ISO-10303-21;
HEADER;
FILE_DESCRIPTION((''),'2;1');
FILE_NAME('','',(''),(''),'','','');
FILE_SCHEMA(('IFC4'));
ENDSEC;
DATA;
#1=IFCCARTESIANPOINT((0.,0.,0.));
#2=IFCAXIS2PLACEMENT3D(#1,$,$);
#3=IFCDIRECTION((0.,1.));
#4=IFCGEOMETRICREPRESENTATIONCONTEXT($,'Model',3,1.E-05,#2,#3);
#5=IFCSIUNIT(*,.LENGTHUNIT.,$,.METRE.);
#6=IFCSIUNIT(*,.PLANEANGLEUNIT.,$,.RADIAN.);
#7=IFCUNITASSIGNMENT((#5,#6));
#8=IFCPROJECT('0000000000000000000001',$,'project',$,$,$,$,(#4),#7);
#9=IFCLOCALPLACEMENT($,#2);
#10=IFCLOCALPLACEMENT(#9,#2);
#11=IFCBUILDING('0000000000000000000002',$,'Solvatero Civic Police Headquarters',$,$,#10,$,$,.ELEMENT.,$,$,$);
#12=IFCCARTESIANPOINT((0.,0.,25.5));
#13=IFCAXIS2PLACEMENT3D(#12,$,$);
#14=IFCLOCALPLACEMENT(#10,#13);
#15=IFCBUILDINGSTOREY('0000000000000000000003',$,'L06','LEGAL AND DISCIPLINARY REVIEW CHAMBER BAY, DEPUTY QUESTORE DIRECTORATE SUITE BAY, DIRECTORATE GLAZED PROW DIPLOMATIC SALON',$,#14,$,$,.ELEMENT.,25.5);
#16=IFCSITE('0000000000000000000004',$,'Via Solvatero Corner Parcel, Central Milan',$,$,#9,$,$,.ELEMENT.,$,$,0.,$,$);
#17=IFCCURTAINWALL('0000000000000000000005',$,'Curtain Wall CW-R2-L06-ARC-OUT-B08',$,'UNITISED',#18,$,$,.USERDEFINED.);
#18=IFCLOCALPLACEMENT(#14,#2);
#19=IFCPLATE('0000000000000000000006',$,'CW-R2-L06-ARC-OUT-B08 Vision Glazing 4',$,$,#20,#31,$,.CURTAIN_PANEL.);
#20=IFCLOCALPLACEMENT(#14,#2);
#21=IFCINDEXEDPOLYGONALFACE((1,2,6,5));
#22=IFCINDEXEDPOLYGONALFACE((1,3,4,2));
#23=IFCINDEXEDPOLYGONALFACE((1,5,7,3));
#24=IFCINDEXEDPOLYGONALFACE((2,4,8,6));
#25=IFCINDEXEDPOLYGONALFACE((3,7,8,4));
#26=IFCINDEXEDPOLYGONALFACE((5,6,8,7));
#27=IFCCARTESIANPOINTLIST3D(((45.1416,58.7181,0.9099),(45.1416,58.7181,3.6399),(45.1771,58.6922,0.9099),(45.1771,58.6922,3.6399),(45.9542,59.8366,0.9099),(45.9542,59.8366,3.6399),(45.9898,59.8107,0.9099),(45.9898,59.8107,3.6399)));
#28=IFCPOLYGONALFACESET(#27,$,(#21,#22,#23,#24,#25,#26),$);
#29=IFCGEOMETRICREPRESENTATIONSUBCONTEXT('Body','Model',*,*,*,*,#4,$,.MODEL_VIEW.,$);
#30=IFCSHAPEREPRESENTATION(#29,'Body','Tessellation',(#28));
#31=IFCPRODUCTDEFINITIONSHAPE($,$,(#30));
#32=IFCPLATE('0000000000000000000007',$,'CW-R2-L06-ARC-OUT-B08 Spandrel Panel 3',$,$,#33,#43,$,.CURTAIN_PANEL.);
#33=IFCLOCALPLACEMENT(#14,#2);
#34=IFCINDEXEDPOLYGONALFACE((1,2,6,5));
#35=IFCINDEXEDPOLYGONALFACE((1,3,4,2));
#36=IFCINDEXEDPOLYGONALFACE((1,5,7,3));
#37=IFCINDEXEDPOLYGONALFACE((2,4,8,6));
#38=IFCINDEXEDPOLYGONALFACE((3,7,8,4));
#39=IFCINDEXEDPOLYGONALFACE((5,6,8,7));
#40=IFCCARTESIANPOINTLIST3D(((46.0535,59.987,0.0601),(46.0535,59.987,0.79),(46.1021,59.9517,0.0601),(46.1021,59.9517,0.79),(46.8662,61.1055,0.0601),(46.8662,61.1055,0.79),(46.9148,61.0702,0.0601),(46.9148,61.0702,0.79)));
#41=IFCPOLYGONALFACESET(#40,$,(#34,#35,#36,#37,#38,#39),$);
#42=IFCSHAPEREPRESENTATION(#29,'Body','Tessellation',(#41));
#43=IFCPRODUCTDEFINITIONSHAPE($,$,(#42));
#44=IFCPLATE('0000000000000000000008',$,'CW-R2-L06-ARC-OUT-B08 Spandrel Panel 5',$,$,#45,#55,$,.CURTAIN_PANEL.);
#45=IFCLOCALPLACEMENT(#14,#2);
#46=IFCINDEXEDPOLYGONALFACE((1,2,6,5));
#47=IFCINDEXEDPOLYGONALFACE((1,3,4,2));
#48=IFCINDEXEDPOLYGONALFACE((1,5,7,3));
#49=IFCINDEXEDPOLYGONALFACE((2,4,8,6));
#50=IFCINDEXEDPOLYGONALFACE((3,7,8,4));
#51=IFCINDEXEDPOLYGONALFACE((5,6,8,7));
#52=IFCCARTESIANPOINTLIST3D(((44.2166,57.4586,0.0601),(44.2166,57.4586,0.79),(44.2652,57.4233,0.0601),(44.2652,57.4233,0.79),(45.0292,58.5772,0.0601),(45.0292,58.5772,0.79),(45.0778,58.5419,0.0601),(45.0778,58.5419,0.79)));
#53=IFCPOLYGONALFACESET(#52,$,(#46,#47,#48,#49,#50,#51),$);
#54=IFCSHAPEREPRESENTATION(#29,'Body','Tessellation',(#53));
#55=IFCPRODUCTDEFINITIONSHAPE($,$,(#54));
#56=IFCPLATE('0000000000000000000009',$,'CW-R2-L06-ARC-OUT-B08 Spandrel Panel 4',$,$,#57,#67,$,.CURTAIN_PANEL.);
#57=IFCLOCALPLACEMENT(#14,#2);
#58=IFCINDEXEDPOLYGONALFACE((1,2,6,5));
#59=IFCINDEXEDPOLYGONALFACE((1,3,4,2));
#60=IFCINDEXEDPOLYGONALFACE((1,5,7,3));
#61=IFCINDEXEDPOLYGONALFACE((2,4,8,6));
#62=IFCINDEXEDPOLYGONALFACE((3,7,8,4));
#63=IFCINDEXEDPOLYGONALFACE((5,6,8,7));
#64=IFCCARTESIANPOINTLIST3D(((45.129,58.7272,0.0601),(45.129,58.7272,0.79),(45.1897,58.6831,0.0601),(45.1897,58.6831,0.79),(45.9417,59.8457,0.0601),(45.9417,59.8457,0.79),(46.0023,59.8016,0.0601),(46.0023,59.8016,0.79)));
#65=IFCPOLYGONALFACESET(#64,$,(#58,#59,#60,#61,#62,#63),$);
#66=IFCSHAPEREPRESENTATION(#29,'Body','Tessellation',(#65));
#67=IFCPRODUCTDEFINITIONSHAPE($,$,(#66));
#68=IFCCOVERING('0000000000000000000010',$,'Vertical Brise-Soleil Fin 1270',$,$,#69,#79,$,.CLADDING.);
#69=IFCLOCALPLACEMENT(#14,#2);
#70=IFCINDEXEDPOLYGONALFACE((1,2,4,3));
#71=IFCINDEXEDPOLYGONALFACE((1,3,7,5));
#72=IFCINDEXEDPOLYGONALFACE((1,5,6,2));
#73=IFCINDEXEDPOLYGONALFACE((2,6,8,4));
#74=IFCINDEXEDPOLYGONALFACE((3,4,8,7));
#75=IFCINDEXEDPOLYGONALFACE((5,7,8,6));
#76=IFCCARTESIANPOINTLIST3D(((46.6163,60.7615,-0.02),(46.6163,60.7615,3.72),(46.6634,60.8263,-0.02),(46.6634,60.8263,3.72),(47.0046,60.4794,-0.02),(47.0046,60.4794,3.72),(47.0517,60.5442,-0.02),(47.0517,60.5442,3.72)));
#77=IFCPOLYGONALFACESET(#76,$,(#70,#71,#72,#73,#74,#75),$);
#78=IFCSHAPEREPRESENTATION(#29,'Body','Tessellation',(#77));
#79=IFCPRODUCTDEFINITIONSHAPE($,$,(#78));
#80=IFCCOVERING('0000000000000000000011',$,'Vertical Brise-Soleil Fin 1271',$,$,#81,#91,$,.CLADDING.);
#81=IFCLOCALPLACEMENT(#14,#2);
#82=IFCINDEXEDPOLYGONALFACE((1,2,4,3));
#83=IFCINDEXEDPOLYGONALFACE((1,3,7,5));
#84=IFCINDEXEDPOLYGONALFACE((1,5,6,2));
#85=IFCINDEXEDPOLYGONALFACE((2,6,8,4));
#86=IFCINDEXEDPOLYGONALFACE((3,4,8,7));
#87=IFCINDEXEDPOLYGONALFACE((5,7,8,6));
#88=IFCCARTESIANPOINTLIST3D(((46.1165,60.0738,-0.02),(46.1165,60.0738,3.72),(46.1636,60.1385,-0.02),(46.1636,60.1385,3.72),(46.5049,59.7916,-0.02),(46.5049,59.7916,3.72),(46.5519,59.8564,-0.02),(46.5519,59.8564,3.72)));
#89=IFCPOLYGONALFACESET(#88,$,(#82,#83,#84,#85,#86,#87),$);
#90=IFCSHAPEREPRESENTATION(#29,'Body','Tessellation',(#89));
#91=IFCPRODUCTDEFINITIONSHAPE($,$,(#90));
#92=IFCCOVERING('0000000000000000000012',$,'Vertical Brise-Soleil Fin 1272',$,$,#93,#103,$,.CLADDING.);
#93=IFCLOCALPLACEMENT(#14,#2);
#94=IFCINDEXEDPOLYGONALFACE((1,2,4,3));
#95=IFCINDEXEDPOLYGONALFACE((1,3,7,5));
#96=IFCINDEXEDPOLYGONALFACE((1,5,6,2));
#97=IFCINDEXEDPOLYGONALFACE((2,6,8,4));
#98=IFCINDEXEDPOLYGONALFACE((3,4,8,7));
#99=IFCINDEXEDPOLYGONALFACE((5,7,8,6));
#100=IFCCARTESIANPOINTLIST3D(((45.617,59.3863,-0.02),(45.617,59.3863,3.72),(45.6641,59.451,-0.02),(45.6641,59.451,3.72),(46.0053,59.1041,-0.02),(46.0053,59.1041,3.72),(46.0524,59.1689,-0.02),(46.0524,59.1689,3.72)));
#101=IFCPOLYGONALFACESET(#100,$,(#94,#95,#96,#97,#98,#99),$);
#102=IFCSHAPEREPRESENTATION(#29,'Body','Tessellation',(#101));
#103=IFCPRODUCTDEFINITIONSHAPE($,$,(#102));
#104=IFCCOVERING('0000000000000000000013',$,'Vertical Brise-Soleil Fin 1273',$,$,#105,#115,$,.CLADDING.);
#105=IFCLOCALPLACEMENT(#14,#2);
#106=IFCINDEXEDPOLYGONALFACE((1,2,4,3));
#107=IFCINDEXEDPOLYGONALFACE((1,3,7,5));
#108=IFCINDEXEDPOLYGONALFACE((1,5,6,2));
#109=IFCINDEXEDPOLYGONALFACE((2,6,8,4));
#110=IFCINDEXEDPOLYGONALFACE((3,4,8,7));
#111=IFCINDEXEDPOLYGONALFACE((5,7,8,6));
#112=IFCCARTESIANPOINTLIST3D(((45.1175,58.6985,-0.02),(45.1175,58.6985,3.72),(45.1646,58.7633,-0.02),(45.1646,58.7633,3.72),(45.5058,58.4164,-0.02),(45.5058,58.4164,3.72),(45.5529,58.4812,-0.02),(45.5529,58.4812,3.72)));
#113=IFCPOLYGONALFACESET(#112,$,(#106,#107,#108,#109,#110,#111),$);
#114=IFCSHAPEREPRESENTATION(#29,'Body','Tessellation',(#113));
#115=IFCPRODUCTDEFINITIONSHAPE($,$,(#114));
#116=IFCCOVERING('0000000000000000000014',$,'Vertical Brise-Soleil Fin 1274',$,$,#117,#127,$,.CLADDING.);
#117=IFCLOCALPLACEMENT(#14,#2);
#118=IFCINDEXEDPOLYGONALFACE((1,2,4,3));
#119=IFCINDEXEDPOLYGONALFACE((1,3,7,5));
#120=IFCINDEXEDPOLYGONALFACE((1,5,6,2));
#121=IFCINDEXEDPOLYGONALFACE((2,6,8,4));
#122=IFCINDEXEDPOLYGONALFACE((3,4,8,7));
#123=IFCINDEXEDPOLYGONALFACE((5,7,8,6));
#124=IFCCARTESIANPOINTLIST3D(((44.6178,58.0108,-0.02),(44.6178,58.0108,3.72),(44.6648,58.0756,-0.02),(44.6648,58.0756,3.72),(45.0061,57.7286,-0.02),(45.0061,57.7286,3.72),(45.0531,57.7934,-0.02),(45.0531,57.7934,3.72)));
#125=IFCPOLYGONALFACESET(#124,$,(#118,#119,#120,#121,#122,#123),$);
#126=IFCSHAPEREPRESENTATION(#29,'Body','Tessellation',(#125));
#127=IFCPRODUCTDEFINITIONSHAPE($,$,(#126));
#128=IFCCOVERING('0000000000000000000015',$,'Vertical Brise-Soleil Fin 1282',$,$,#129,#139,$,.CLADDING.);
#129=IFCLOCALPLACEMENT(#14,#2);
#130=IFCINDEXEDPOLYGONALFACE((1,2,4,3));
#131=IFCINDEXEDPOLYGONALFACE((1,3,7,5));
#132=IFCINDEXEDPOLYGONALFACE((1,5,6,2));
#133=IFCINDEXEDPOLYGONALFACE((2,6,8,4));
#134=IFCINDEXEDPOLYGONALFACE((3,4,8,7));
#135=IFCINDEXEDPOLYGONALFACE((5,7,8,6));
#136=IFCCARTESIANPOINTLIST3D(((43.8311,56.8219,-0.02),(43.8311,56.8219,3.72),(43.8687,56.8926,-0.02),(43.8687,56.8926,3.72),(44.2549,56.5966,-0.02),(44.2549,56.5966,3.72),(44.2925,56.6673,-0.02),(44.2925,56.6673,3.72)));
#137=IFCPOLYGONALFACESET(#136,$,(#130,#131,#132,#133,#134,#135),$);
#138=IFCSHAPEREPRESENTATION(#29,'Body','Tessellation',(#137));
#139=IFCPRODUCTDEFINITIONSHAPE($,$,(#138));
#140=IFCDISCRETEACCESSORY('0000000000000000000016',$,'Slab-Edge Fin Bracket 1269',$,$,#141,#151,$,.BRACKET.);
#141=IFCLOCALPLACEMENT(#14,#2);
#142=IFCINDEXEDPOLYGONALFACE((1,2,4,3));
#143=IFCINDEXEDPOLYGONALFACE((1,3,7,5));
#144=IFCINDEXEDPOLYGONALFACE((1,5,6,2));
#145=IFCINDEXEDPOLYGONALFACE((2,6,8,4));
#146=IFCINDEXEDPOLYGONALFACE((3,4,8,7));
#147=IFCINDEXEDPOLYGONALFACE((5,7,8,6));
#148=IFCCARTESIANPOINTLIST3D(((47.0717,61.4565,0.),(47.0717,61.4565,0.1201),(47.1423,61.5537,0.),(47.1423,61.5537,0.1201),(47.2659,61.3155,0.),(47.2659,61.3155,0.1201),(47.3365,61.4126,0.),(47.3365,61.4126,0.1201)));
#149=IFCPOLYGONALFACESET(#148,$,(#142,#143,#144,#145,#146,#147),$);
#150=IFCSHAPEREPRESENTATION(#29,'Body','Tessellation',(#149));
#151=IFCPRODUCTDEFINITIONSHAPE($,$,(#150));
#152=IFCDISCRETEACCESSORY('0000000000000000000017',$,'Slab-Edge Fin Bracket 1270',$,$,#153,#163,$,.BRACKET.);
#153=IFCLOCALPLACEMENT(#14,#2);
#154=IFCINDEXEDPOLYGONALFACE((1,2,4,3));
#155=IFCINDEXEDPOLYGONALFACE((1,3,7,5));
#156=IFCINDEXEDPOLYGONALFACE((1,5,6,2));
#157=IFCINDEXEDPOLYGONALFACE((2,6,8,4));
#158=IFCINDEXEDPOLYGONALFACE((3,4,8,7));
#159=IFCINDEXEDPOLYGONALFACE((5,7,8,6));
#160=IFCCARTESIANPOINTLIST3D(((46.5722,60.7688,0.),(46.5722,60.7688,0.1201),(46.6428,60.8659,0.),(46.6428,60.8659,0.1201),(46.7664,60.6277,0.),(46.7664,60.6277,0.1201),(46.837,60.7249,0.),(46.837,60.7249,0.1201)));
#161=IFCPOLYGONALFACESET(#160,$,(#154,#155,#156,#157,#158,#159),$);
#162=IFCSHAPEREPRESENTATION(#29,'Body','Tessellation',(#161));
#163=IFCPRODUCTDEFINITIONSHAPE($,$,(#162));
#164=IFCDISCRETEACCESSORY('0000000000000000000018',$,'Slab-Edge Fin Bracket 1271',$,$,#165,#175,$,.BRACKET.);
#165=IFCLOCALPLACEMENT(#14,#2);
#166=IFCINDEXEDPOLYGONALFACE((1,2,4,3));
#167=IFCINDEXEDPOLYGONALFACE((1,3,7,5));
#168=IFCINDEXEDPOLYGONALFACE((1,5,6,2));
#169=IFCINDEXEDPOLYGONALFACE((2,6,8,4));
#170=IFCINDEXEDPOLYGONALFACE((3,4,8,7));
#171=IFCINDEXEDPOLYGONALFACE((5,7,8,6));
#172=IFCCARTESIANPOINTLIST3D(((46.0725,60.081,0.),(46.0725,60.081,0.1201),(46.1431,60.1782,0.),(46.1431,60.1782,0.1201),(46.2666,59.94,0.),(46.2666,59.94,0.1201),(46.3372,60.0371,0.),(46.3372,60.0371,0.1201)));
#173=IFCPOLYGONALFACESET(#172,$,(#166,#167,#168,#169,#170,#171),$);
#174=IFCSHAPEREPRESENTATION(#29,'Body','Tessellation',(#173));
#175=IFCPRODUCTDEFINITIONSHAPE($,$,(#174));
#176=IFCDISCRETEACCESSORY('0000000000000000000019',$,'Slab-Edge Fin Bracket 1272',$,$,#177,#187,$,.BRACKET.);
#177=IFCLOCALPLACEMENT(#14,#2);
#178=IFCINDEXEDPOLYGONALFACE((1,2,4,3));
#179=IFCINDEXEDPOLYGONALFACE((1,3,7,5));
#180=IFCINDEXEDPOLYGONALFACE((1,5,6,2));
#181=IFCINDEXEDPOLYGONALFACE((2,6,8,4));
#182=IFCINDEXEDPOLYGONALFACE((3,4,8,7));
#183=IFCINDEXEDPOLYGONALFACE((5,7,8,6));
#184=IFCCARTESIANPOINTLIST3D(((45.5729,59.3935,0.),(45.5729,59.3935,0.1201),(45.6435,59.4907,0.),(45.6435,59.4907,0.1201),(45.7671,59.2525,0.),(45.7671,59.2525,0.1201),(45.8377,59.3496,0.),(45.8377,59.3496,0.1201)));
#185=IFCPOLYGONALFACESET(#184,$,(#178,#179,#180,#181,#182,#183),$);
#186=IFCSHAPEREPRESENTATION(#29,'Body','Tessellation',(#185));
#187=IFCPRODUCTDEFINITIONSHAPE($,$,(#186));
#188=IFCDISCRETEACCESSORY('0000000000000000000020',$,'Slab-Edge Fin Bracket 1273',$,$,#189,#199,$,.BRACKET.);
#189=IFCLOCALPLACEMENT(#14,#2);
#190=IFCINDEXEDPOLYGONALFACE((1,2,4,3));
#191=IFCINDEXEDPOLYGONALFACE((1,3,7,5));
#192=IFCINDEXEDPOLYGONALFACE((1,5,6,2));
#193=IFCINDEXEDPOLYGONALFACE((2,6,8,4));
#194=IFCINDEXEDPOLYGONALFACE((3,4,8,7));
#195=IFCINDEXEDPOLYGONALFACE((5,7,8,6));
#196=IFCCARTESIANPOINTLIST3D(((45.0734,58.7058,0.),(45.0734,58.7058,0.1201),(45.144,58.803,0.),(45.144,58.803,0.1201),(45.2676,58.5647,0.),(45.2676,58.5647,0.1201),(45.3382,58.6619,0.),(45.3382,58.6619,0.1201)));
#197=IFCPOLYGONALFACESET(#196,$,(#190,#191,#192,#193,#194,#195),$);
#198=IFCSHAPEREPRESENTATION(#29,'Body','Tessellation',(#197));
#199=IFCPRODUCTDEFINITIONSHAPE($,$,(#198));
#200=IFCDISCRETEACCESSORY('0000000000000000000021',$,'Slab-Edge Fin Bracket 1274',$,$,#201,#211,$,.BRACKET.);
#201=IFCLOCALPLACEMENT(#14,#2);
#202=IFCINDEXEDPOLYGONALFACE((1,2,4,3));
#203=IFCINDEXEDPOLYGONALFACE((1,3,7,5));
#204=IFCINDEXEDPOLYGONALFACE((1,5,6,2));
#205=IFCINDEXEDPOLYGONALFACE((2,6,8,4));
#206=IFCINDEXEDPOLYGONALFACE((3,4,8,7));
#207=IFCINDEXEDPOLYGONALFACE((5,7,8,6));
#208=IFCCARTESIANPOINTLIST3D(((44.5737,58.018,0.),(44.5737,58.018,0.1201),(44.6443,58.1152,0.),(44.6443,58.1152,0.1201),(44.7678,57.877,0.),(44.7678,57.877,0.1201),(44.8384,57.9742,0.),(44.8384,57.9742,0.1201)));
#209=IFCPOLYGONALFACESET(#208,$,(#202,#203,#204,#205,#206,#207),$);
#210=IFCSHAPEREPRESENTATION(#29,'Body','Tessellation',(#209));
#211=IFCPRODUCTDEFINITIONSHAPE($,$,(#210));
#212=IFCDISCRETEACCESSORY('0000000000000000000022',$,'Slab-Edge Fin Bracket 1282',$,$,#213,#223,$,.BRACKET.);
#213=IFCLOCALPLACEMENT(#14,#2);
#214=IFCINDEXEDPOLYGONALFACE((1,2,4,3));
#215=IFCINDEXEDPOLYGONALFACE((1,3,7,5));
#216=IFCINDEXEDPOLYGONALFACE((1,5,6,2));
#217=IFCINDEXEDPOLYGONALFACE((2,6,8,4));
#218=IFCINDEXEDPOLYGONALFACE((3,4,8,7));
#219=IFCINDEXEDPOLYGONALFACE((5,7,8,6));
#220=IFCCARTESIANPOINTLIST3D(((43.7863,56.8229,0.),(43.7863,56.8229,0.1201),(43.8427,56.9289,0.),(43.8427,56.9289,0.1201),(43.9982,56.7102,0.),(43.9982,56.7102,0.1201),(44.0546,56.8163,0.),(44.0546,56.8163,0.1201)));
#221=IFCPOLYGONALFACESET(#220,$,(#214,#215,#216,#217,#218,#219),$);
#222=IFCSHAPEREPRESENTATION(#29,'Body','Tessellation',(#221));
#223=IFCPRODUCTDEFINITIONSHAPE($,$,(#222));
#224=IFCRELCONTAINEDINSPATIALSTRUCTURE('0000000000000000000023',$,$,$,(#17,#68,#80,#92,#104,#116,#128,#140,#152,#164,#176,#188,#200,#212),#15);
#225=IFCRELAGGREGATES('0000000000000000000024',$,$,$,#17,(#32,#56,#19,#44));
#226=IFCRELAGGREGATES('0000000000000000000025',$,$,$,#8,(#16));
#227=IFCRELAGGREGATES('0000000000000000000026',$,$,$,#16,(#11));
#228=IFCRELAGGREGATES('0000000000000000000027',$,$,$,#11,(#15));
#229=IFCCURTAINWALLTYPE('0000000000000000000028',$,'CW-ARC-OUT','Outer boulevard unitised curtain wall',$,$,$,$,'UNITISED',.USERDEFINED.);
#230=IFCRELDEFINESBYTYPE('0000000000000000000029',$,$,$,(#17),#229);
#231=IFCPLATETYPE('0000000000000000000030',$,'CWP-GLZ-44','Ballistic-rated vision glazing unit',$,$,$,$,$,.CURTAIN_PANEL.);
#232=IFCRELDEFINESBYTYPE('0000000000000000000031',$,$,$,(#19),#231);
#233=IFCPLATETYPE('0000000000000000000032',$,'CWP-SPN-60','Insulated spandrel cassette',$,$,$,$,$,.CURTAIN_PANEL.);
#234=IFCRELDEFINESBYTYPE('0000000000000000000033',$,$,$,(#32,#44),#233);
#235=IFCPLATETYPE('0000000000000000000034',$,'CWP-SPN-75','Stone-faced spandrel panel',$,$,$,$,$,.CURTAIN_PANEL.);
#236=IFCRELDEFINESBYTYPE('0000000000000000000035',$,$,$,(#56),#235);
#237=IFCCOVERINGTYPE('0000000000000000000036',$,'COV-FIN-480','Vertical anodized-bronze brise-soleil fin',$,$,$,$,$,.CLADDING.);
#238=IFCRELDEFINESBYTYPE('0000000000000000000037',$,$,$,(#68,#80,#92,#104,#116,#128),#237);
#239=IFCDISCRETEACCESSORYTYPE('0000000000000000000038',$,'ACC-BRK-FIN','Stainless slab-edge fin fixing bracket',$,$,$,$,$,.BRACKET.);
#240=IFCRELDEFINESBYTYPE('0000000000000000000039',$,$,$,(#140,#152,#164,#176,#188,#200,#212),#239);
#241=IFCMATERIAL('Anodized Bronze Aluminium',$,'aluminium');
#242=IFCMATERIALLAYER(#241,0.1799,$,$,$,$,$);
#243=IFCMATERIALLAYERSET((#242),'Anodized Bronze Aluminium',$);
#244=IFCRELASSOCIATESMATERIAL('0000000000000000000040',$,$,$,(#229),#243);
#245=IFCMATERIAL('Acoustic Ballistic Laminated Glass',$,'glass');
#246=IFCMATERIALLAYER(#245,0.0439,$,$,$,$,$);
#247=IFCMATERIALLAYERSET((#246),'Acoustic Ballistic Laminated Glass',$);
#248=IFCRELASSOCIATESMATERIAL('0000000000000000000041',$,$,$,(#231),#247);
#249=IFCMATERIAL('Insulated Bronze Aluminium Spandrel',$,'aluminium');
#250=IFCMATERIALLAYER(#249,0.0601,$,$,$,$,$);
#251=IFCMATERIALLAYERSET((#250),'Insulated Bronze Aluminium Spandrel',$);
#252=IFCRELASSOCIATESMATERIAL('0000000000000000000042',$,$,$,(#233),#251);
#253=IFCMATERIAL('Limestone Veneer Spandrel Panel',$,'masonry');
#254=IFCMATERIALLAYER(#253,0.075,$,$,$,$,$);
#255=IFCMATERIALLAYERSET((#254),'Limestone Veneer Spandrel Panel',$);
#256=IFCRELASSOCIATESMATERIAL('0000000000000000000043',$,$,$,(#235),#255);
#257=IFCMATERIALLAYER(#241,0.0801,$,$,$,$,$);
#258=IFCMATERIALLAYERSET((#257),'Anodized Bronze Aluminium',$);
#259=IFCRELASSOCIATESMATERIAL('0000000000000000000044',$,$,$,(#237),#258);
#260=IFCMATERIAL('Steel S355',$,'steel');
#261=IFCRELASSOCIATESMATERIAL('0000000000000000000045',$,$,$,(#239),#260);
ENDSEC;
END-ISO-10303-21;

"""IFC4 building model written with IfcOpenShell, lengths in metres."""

from ifc_helpers import new_model, si_unit, direction, frame, origin, origin_2d, place, context, subcontext, project, spatial, rectangle, extrude, material, layer, layer_set, type_object, element, aggregate, save


model = new_model("IFC4")

# Units and contexts
model_context = context("Model", 3, precision=1e-05, world=origin(), true_north=direction((0.0, 1.0)))
body_context = subcontext(model_context, "Body", "Model", "MODEL_VIEW")
ifc_project = project(units=[si_unit("LENGTHUNIT", "METRE"), si_unit("PLANEANGLEUNIT", "RADIAN")], contexts=[model_context])

# Site, building, storey
site_placement = place(None, origin())
site = spatial("IfcSite", under=ifc_project, at=site_placement, Name="Via Solvatero Corner Parcel, Central Milan", CompositionType="ELEMENT", RefElevation=0.0)
building_placement = place(site_placement, origin())
building = spatial("IfcBuilding", under=site, at=building_placement, Name="Solvatero Civic Police Headquarters", CompositionType="ELEMENT")
storey_placement = place(building_placement, frame((0.0, 0.0, 25.5)))
storey = spatial("IfcBuildingStorey", under=building, at=storey_placement, Name="L06", Description="LEGAL AND DISCIPLINARY REVIEW CHAMBER BAY, DEPUTY QUESTORE DIRECTORATE SUITE BAY, DIRECTORATE GLAZED PROW DIPLOMATIC SALON", CompositionType="ELEMENT", Elevation=25.5)

# Shared definitions
ifc_material_1 = material(Name="Steel S355", Category="steel")

# Curtain wall
ifc_material_2 = material(Name="Anodized Bronze Aluminium", Category="aluminium")
ifc_layer_1 = layer(ifc_material_2, 0.1799)
ifc_layer_set_1 = layer_set([ifc_layer_1], Name="Anodized Bronze Aluminium")
curtain_wall_type = type_object("IfcCurtainWallType", Name="CW-ARC-OUT", Description="Outer boulevard unitised curtain wall", ElementType="UNITISED", PredefinedType="USERDEFINED", material=ifc_layer_set_1)
curtain_wall_1_placement = place(storey_placement, origin())
curtain_wall_1 = element("IfcCurtainWall", 1, at=curtain_wall_1_placement, inside=storey, type_object=curtain_wall_type, Name="Curtain Wall CW-R2-L06-ARC-OUT-B08", ObjectType="UNITISED", PredefinedType="USERDEFINED")

# Plates
ifc_material_3 = material(Name="Acoustic Ballistic Laminated Glass", Category="glass")
ifc_layer_2 = layer(ifc_material_3, 0.0439)
ifc_layer_set_2 = layer_set([ifc_layer_2], Name="Acoustic Ballistic Laminated Glass")
plate_type_1 = type_object("IfcPlateType", Name="CWP-GLZ-44", Description="Ballistic-rated vision glazing unit", PredefinedType="CURTAIN_PANEL", material=ifc_layer_set_2)
plate_1_placement = place(storey_placement, frame((45.5657, 59.2644, 0.9099), z_axis=(0.0, 0.0, 1.0), x_axis=(-0.587785, -0.809017, 0.0)))
plate_1 = element("IfcPlate", 2, at=plate_1_placement, type_object=plate_type_1, Name="CW-R2-L06-ARC-OUT-B08 Vision Glazing 4", PredefinedType="CURTAIN_PANEL", context=body_context, shape_type="SweptSolid", body=[
    extrude(rectangle(XDim=1.3826, YDim=0.0439, at=origin_2d()), origin(), (0.0, 0.0, 1.0), 2.73),
])
ifc_material_4 = material(Name="Insulated Bronze Aluminium Spandrel", Category="aluminium")
ifc_layer_3 = layer(ifc_material_4, 0.0601)
ifc_layer_set_3 = layer_set([ifc_layer_3], Name="Insulated Bronze Aluminium Spandrel")
plate_type_2 = type_object("IfcPlateType", Name="CWP-SPN-60", Description="Insulated spandrel cassette", PredefinedType="CURTAIN_PANEL", material=ifc_layer_set_3)
plate_2_placement = place(storey_placement, frame((46.4841, 60.5286, 0.0601), z_axis=(0.0, 0.0, 1.0), x_axis=(-0.587785, -0.809017, 0.0)))
plate_2 = element("IfcPlate", 3, at=plate_2_placement, type_object=plate_type_2, Name="CW-R2-L06-ARC-OUT-B08 Spandrel Panel 3", PredefinedType="CURTAIN_PANEL", context=body_context, shape_type="SweptSolid", body=[
    extrude(rectangle(XDim=1.3826, YDim=0.0601, at=origin_2d()), origin(), (0.0, 0.0, 1.0), 0.73),
])
plate_3_placement = place(storey_placement, frame((44.6472, 58.0002, 0.0601), z_axis=(0.0, 0.0, 1.0), x_axis=(-0.587785, -0.809017, 0.0)))
plate_3 = element("IfcPlate", 4, at=plate_3_placement, type_object=plate_type_2, Name="CW-R2-L06-ARC-OUT-B08 Spandrel Panel 5", PredefinedType="CURTAIN_PANEL", context=body_context, shape_type="SweptSolid", body=[
    extrude(rectangle(XDim=1.3826, YDim=0.0601, at=origin_2d()), origin(), (0.0, 0.0, 1.0), 0.73),
])
ifc_material_5 = material(Name="Limestone Veneer Spandrel Panel", Category="masonry")
ifc_layer_4 = layer(ifc_material_5, 0.075)
ifc_layer_set_4 = layer_set([ifc_layer_4], Name="Limestone Veneer Spandrel Panel")
plate_type_3 = type_object("IfcPlateType", Name="CWP-SPN-75", Description="Stone-faced spandrel panel", PredefinedType="CURTAIN_PANEL", material=ifc_layer_set_4)
plate_4_placement = place(storey_placement, frame((45.5657, 59.2644, 0.0601), z_axis=(0.0, 0.0, 1.0), x_axis=(-0.587785, -0.809017, 0.0)))
plate_4 = element("IfcPlate", 5, at=plate_4_placement, type_object=plate_type_3, Name="CW-R2-L06-ARC-OUT-B08 Spandrel Panel 4", PredefinedType="CURTAIN_PANEL", context=body_context, shape_type="SweptSolid", body=[
    extrude(rectangle(XDim=1.3826, YDim=0.075, at=origin_2d()), origin(), (0.0, 0.0, 1.0), 0.73),
])
aggregate(curtain_wall_1, [plate_2, plate_4, plate_1, plate_3])

# Coverings
ifc_layer_5 = layer(ifc_material_2, 0.0801)
ifc_layer_set_5 = layer_set([ifc_layer_5], Name="Anodized Bronze Aluminium")
covering_type = type_object("IfcCoveringType", Name="COV-FIN-480", Description="Vertical anodized-bronze brise-soleil fin", PredefinedType="CLADDING", material=ifc_layer_set_5)
for number, where, z_axis, x_axis, name in (
    (6, (46.834, 60.6528, -0.02), (0.0, 0.0, 1.0), (-0.587785, -0.809017, 0.0), "Vertical Brise-Soleil Fin 1270"),
    (7, (46.3342, 59.9651, -0.02), (0.0, 0.0, 1.0), (-0.587785, -0.809017, 0.0), "Vertical Brise-Soleil Fin 1271"),
    (8, (45.8347, 59.2776, -0.02), (0.0, 0.0, 1.0), (-0.587785, -0.809017, 0.0), "Vertical Brise-Soleil Fin 1272"),
    (9, (45.3352, 58.5898, -0.02), (0.0, 0.0, 1.0), (-0.587785, -0.809017, 0.0), "Vertical Brise-Soleil Fin 1273"),
    (10, (44.8354, 57.9021, -0.02), (0.0, 0.0, 1.0), (-0.587785, -0.809017, 0.0), "Vertical Brise-Soleil Fin 1274"),
    (11, (44.0618, 56.7446, -0.02), (0.0, 0.0, 1.0), (-0.469472, -0.882948, 0.0), "Vertical Brise-Soleil Fin 1282"),
):
    element("IfcCovering", number, at=place(storey_placement, frame(where, z_axis=z_axis, x_axis=x_axis)), inside=storey, type_object=covering_type, Name=name, PredefinedType="CLADDING", context=body_context, shape_type="SweptSolid", body=[
        extrude(rectangle(XDim=0.0801, YDim=0.48, at=origin_2d()), origin(), (0.0, 0.0, 1.0), 3.74),
    ])

# Discrete accessories
discrete_accessory_type = type_object("IfcDiscreteAccessoryType", Name="ACC-BRK-FIN", Description="Stainless slab-edge fin fixing bracket", PredefinedType="BRACKET", material=ifc_material_1)
for number, where, z_axis, x_axis, name in (
    (12, (47.2041, 61.4346, 0.0), (0.0, 0.0, 1.0), (-0.587785, -0.809017, 0.0), "Slab-Edge Fin Bracket 1269"),
    (13, (46.7046, 60.7468, 0.0), (0.0, 0.0, 1.0), (-0.587785, -0.809017, 0.0), "Slab-Edge Fin Bracket 1270"),
    (14, (46.2048, 60.0591, 0.0), (0.0, 0.0, 1.0), (-0.587785, -0.809017, 0.0), "Slab-Edge Fin Bracket 1271"),
    (15, (45.7053, 59.3716, 0.0), (0.0, 0.0, 1.0), (-0.587785, -0.809017, 0.0), "Slab-Edge Fin Bracket 1272"),
    (16, (45.2058, 58.6838, 0.0), (0.0, 0.0, 1.0), (-0.587785, -0.809017, 0.0), "Slab-Edge Fin Bracket 1273"),
    (17, (44.7061, 57.9961, 0.0), (0.0, 0.0, 1.0), (-0.587785, -0.809017, 0.0), "Slab-Edge Fin Bracket 1274"),
    (18, (43.9204, 56.8196, 0.0), (0.0, 0.0, 1.0), (-0.469472, -0.882948, 0.0), "Slab-Edge Fin Bracket 1282"),
):
    element("IfcDiscreteAccessory", number, at=place(storey_placement, frame(where, z_axis=z_axis, x_axis=x_axis)), inside=storey, type_object=discrete_accessory_type, Name=name, PredefinedType="BRACKET", context=body_context, shape_type="SweptSolid", body=[
        extrude(rectangle(XDim=0.1201, YDim=0.24, at=origin_2d()), origin(), (0.0, 0.0, 1.0), 0.1201),
    ])

save(model, "model.ifc")
